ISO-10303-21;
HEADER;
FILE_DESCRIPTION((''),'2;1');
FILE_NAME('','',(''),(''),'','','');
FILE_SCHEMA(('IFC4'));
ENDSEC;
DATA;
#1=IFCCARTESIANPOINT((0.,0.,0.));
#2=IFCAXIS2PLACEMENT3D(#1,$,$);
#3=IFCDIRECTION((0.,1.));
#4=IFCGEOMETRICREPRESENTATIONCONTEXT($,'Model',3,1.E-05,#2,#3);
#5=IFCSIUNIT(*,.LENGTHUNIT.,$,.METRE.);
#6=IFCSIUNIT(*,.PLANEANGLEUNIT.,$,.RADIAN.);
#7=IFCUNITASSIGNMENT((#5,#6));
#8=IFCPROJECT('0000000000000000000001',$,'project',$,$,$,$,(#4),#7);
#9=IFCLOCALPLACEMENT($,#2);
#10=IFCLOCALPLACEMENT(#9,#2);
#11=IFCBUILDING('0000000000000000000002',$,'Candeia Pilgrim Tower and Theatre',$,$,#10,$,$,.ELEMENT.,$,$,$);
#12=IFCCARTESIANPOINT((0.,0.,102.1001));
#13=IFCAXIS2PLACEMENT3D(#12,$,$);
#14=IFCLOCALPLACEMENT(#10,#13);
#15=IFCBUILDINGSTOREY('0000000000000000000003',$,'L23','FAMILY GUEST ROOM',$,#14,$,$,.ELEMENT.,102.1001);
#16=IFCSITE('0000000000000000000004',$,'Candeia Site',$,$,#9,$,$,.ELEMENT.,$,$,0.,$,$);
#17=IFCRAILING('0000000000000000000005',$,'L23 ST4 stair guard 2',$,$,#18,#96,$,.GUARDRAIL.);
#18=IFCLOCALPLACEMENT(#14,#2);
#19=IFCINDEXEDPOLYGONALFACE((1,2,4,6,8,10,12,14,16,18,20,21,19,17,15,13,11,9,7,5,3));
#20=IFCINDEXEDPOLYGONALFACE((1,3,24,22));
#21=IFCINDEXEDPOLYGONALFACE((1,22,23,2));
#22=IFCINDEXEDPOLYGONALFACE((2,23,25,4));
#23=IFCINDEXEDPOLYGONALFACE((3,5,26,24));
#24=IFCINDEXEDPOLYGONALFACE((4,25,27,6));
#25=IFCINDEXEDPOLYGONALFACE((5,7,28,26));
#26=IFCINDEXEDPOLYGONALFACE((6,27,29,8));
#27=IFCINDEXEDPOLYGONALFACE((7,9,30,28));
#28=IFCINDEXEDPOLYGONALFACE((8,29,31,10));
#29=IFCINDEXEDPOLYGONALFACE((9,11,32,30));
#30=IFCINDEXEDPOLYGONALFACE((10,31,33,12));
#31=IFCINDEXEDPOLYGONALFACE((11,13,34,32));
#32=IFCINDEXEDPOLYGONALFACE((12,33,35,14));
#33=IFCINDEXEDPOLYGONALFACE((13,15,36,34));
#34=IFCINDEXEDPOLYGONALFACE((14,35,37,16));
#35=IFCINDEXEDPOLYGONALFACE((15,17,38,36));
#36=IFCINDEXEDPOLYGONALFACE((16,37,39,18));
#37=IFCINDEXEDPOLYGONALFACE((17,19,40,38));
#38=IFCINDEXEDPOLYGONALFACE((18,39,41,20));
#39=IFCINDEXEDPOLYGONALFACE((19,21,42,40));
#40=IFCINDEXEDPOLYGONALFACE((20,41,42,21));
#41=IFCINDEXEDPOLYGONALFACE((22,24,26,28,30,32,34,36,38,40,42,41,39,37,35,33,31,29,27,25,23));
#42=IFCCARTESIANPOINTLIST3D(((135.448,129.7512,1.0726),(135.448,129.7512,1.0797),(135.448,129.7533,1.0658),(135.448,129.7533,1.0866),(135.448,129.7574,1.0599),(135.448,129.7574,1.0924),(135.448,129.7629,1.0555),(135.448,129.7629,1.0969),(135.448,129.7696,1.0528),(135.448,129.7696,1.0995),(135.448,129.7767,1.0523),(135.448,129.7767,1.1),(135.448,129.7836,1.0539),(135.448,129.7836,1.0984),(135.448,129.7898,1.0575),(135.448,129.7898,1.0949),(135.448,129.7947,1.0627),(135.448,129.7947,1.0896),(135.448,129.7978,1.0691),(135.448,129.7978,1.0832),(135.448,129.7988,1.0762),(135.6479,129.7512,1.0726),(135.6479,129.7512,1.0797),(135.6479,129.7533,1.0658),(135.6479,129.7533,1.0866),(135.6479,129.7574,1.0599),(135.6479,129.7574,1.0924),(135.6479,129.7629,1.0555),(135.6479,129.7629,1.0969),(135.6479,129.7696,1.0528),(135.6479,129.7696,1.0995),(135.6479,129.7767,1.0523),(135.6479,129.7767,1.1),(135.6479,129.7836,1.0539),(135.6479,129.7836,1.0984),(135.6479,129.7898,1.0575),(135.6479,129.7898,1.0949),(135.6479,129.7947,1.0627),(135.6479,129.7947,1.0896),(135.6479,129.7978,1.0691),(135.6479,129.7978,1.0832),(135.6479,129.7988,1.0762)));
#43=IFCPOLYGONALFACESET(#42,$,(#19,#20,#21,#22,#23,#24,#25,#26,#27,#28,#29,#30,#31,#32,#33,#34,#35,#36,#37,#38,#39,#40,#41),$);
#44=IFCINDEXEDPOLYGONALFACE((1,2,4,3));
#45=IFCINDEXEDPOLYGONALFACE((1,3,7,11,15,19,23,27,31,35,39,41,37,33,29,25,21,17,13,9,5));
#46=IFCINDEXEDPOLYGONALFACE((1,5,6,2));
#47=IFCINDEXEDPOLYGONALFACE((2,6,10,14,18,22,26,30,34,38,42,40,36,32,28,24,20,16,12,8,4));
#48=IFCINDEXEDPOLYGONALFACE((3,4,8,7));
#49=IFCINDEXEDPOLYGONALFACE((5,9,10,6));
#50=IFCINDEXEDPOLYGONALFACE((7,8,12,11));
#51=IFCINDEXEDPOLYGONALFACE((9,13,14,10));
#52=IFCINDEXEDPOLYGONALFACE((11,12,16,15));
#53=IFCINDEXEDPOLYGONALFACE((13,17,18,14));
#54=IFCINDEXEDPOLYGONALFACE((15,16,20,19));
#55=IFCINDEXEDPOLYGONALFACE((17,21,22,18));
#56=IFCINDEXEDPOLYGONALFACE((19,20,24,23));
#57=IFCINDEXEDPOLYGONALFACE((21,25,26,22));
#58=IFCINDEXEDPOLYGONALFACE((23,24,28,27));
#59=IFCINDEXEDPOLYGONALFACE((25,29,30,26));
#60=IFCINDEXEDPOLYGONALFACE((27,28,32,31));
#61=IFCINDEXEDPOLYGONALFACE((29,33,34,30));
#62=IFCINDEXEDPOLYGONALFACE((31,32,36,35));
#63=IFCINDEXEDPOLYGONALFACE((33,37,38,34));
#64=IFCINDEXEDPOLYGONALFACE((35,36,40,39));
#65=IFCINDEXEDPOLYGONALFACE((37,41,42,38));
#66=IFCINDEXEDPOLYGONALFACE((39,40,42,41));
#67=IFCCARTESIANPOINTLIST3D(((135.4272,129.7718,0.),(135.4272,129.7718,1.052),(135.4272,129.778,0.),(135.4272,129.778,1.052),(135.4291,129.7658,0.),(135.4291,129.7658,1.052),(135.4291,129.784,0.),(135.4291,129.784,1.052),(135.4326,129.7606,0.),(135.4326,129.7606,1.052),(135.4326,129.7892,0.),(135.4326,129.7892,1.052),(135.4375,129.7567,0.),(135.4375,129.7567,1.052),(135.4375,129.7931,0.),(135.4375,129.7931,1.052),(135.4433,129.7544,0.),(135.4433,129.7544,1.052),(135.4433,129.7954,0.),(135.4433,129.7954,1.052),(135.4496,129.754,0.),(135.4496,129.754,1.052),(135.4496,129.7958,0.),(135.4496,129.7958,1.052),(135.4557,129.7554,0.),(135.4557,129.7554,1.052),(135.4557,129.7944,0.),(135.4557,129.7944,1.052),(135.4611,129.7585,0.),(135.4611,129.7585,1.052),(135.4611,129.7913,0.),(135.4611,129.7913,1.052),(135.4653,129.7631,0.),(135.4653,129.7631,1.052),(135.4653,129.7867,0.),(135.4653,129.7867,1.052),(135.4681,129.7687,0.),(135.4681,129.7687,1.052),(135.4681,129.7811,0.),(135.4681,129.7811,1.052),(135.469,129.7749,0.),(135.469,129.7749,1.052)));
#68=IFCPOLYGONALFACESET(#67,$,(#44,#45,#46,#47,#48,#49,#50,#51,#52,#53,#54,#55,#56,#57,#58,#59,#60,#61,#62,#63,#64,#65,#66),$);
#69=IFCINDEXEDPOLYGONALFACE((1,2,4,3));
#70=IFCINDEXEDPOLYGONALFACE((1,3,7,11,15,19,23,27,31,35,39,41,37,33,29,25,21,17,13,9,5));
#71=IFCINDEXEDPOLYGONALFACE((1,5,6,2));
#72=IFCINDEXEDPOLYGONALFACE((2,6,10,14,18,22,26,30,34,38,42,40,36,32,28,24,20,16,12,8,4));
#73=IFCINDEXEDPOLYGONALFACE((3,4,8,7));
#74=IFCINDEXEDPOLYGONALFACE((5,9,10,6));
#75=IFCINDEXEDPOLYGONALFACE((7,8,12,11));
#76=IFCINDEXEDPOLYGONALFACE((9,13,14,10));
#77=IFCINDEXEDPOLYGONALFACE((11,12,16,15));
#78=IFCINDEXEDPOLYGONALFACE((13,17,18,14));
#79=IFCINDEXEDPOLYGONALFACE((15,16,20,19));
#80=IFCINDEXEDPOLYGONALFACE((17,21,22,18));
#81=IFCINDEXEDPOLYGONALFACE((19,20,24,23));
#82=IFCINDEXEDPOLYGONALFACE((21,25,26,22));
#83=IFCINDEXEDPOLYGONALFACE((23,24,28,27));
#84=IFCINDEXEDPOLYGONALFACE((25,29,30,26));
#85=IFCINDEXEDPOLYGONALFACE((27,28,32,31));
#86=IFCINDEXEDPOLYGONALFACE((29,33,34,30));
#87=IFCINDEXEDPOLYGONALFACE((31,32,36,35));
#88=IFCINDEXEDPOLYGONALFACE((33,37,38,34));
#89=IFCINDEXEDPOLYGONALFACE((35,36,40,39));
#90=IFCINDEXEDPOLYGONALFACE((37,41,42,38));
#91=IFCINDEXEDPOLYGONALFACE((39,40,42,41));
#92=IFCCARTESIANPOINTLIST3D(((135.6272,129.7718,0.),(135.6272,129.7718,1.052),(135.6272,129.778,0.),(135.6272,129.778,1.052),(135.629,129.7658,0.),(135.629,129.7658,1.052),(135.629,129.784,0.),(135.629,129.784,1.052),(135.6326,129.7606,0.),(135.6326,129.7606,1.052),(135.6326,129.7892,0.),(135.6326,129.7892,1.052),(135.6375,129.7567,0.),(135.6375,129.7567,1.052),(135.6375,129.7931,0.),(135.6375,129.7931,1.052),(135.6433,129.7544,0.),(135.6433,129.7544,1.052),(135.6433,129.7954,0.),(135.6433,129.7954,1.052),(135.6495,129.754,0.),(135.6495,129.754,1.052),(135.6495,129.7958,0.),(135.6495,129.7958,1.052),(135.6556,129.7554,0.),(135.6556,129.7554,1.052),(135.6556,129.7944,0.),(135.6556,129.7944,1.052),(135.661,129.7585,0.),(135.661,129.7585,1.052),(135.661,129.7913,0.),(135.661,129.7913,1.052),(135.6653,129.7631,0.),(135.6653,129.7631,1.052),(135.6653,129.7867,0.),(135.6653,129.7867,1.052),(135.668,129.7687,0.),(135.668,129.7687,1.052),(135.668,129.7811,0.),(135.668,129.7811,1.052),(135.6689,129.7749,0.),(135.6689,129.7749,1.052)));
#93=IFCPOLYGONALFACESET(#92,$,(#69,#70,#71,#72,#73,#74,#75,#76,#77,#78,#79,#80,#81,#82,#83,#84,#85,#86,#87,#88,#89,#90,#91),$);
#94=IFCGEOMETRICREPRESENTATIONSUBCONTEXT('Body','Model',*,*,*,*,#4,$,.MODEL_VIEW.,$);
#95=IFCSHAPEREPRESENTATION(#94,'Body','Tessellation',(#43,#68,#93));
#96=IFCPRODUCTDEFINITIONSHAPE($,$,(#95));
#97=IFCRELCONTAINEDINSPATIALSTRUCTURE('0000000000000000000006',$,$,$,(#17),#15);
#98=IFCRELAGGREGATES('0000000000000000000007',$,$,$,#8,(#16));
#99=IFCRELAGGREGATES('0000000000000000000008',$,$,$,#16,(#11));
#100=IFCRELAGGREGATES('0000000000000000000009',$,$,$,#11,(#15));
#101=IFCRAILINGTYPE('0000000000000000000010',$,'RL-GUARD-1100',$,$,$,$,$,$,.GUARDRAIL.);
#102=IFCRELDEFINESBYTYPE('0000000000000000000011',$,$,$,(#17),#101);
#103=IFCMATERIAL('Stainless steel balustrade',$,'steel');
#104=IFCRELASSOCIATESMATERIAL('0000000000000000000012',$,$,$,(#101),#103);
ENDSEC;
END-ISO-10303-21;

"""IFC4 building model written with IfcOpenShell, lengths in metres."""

from ifc_helpers import new_model, si_unit, direction, frame, origin, origin_2d, place, context, subcontext, project, spatial, circle, extrude, material, type_object, element, save


model = new_model("IFC4")

# Units and contexts
model_context = context("Model", 3, precision=1e-05, world=origin(), true_north=direction((0.0, 1.0)))
body_context = subcontext(model_context, "Body", "Model", "MODEL_VIEW")
ifc_project = project(units=[si_unit("LENGTHUNIT", "METRE"), si_unit("PLANEANGLEUNIT", "RADIAN")], contexts=[model_context])

# Site, building, storey
site_placement = place(None, origin())
site = spatial("IfcSite", under=ifc_project, at=site_placement, Name="Candeia Site", CompositionType="ELEMENT", RefElevation=0.0)
building_placement = place(site_placement, origin())
building = spatial("IfcBuilding", under=site, at=building_placement, Name="Candeia Pilgrim Tower and Theatre", CompositionType="ELEMENT")
storey_placement = place(building_placement, frame((0.0, 0.0, 102.1001)))
storey = spatial("IfcBuildingStorey", under=building, at=storey_placement, Name="L23", Description="FAMILY GUEST ROOM", CompositionType="ELEMENT", Elevation=102.1001)

# Railing
ifc_material_1 = material(Name="Stainless steel balustrade", Category="steel")
railing_type_1 = type_object("IfcRailingType", Name="RL-GUARD-1100", PredefinedType="GUARDRAIL", material=ifc_material_1)
railing_1_placement = place(storey_placement, frame((135.448, 129.7749, 0.0)))
element("IfcRailing", 1, at=railing_1_placement, inside=storey, type_object=railing_type_1, Name="L23 ST4 stair guard 2", PredefinedType="GUARDRAIL", context=body_context, shape_type="SweptSolid", body=[
    extrude(circle(Radius=0.0239, at=origin_2d()), frame((0.0, 0.0, 1.0762), z_axis=(1.0, 0.0, 0.0), x_axis=(0.0, 1.0, 0.0)), (0.0, 0.0, 1.0), 0.2),
    extrude(circle(Radius=0.021, at=origin_2d()), origin(), (0.0, 0.0, 1.0), 1.052),
    extrude(circle(Radius=0.021, at=origin_2d()), frame((0.2, 0.0, 0.0)), (0.0, 0.0, 1.0), 1.052),
])

save(model, "model.ifc")
